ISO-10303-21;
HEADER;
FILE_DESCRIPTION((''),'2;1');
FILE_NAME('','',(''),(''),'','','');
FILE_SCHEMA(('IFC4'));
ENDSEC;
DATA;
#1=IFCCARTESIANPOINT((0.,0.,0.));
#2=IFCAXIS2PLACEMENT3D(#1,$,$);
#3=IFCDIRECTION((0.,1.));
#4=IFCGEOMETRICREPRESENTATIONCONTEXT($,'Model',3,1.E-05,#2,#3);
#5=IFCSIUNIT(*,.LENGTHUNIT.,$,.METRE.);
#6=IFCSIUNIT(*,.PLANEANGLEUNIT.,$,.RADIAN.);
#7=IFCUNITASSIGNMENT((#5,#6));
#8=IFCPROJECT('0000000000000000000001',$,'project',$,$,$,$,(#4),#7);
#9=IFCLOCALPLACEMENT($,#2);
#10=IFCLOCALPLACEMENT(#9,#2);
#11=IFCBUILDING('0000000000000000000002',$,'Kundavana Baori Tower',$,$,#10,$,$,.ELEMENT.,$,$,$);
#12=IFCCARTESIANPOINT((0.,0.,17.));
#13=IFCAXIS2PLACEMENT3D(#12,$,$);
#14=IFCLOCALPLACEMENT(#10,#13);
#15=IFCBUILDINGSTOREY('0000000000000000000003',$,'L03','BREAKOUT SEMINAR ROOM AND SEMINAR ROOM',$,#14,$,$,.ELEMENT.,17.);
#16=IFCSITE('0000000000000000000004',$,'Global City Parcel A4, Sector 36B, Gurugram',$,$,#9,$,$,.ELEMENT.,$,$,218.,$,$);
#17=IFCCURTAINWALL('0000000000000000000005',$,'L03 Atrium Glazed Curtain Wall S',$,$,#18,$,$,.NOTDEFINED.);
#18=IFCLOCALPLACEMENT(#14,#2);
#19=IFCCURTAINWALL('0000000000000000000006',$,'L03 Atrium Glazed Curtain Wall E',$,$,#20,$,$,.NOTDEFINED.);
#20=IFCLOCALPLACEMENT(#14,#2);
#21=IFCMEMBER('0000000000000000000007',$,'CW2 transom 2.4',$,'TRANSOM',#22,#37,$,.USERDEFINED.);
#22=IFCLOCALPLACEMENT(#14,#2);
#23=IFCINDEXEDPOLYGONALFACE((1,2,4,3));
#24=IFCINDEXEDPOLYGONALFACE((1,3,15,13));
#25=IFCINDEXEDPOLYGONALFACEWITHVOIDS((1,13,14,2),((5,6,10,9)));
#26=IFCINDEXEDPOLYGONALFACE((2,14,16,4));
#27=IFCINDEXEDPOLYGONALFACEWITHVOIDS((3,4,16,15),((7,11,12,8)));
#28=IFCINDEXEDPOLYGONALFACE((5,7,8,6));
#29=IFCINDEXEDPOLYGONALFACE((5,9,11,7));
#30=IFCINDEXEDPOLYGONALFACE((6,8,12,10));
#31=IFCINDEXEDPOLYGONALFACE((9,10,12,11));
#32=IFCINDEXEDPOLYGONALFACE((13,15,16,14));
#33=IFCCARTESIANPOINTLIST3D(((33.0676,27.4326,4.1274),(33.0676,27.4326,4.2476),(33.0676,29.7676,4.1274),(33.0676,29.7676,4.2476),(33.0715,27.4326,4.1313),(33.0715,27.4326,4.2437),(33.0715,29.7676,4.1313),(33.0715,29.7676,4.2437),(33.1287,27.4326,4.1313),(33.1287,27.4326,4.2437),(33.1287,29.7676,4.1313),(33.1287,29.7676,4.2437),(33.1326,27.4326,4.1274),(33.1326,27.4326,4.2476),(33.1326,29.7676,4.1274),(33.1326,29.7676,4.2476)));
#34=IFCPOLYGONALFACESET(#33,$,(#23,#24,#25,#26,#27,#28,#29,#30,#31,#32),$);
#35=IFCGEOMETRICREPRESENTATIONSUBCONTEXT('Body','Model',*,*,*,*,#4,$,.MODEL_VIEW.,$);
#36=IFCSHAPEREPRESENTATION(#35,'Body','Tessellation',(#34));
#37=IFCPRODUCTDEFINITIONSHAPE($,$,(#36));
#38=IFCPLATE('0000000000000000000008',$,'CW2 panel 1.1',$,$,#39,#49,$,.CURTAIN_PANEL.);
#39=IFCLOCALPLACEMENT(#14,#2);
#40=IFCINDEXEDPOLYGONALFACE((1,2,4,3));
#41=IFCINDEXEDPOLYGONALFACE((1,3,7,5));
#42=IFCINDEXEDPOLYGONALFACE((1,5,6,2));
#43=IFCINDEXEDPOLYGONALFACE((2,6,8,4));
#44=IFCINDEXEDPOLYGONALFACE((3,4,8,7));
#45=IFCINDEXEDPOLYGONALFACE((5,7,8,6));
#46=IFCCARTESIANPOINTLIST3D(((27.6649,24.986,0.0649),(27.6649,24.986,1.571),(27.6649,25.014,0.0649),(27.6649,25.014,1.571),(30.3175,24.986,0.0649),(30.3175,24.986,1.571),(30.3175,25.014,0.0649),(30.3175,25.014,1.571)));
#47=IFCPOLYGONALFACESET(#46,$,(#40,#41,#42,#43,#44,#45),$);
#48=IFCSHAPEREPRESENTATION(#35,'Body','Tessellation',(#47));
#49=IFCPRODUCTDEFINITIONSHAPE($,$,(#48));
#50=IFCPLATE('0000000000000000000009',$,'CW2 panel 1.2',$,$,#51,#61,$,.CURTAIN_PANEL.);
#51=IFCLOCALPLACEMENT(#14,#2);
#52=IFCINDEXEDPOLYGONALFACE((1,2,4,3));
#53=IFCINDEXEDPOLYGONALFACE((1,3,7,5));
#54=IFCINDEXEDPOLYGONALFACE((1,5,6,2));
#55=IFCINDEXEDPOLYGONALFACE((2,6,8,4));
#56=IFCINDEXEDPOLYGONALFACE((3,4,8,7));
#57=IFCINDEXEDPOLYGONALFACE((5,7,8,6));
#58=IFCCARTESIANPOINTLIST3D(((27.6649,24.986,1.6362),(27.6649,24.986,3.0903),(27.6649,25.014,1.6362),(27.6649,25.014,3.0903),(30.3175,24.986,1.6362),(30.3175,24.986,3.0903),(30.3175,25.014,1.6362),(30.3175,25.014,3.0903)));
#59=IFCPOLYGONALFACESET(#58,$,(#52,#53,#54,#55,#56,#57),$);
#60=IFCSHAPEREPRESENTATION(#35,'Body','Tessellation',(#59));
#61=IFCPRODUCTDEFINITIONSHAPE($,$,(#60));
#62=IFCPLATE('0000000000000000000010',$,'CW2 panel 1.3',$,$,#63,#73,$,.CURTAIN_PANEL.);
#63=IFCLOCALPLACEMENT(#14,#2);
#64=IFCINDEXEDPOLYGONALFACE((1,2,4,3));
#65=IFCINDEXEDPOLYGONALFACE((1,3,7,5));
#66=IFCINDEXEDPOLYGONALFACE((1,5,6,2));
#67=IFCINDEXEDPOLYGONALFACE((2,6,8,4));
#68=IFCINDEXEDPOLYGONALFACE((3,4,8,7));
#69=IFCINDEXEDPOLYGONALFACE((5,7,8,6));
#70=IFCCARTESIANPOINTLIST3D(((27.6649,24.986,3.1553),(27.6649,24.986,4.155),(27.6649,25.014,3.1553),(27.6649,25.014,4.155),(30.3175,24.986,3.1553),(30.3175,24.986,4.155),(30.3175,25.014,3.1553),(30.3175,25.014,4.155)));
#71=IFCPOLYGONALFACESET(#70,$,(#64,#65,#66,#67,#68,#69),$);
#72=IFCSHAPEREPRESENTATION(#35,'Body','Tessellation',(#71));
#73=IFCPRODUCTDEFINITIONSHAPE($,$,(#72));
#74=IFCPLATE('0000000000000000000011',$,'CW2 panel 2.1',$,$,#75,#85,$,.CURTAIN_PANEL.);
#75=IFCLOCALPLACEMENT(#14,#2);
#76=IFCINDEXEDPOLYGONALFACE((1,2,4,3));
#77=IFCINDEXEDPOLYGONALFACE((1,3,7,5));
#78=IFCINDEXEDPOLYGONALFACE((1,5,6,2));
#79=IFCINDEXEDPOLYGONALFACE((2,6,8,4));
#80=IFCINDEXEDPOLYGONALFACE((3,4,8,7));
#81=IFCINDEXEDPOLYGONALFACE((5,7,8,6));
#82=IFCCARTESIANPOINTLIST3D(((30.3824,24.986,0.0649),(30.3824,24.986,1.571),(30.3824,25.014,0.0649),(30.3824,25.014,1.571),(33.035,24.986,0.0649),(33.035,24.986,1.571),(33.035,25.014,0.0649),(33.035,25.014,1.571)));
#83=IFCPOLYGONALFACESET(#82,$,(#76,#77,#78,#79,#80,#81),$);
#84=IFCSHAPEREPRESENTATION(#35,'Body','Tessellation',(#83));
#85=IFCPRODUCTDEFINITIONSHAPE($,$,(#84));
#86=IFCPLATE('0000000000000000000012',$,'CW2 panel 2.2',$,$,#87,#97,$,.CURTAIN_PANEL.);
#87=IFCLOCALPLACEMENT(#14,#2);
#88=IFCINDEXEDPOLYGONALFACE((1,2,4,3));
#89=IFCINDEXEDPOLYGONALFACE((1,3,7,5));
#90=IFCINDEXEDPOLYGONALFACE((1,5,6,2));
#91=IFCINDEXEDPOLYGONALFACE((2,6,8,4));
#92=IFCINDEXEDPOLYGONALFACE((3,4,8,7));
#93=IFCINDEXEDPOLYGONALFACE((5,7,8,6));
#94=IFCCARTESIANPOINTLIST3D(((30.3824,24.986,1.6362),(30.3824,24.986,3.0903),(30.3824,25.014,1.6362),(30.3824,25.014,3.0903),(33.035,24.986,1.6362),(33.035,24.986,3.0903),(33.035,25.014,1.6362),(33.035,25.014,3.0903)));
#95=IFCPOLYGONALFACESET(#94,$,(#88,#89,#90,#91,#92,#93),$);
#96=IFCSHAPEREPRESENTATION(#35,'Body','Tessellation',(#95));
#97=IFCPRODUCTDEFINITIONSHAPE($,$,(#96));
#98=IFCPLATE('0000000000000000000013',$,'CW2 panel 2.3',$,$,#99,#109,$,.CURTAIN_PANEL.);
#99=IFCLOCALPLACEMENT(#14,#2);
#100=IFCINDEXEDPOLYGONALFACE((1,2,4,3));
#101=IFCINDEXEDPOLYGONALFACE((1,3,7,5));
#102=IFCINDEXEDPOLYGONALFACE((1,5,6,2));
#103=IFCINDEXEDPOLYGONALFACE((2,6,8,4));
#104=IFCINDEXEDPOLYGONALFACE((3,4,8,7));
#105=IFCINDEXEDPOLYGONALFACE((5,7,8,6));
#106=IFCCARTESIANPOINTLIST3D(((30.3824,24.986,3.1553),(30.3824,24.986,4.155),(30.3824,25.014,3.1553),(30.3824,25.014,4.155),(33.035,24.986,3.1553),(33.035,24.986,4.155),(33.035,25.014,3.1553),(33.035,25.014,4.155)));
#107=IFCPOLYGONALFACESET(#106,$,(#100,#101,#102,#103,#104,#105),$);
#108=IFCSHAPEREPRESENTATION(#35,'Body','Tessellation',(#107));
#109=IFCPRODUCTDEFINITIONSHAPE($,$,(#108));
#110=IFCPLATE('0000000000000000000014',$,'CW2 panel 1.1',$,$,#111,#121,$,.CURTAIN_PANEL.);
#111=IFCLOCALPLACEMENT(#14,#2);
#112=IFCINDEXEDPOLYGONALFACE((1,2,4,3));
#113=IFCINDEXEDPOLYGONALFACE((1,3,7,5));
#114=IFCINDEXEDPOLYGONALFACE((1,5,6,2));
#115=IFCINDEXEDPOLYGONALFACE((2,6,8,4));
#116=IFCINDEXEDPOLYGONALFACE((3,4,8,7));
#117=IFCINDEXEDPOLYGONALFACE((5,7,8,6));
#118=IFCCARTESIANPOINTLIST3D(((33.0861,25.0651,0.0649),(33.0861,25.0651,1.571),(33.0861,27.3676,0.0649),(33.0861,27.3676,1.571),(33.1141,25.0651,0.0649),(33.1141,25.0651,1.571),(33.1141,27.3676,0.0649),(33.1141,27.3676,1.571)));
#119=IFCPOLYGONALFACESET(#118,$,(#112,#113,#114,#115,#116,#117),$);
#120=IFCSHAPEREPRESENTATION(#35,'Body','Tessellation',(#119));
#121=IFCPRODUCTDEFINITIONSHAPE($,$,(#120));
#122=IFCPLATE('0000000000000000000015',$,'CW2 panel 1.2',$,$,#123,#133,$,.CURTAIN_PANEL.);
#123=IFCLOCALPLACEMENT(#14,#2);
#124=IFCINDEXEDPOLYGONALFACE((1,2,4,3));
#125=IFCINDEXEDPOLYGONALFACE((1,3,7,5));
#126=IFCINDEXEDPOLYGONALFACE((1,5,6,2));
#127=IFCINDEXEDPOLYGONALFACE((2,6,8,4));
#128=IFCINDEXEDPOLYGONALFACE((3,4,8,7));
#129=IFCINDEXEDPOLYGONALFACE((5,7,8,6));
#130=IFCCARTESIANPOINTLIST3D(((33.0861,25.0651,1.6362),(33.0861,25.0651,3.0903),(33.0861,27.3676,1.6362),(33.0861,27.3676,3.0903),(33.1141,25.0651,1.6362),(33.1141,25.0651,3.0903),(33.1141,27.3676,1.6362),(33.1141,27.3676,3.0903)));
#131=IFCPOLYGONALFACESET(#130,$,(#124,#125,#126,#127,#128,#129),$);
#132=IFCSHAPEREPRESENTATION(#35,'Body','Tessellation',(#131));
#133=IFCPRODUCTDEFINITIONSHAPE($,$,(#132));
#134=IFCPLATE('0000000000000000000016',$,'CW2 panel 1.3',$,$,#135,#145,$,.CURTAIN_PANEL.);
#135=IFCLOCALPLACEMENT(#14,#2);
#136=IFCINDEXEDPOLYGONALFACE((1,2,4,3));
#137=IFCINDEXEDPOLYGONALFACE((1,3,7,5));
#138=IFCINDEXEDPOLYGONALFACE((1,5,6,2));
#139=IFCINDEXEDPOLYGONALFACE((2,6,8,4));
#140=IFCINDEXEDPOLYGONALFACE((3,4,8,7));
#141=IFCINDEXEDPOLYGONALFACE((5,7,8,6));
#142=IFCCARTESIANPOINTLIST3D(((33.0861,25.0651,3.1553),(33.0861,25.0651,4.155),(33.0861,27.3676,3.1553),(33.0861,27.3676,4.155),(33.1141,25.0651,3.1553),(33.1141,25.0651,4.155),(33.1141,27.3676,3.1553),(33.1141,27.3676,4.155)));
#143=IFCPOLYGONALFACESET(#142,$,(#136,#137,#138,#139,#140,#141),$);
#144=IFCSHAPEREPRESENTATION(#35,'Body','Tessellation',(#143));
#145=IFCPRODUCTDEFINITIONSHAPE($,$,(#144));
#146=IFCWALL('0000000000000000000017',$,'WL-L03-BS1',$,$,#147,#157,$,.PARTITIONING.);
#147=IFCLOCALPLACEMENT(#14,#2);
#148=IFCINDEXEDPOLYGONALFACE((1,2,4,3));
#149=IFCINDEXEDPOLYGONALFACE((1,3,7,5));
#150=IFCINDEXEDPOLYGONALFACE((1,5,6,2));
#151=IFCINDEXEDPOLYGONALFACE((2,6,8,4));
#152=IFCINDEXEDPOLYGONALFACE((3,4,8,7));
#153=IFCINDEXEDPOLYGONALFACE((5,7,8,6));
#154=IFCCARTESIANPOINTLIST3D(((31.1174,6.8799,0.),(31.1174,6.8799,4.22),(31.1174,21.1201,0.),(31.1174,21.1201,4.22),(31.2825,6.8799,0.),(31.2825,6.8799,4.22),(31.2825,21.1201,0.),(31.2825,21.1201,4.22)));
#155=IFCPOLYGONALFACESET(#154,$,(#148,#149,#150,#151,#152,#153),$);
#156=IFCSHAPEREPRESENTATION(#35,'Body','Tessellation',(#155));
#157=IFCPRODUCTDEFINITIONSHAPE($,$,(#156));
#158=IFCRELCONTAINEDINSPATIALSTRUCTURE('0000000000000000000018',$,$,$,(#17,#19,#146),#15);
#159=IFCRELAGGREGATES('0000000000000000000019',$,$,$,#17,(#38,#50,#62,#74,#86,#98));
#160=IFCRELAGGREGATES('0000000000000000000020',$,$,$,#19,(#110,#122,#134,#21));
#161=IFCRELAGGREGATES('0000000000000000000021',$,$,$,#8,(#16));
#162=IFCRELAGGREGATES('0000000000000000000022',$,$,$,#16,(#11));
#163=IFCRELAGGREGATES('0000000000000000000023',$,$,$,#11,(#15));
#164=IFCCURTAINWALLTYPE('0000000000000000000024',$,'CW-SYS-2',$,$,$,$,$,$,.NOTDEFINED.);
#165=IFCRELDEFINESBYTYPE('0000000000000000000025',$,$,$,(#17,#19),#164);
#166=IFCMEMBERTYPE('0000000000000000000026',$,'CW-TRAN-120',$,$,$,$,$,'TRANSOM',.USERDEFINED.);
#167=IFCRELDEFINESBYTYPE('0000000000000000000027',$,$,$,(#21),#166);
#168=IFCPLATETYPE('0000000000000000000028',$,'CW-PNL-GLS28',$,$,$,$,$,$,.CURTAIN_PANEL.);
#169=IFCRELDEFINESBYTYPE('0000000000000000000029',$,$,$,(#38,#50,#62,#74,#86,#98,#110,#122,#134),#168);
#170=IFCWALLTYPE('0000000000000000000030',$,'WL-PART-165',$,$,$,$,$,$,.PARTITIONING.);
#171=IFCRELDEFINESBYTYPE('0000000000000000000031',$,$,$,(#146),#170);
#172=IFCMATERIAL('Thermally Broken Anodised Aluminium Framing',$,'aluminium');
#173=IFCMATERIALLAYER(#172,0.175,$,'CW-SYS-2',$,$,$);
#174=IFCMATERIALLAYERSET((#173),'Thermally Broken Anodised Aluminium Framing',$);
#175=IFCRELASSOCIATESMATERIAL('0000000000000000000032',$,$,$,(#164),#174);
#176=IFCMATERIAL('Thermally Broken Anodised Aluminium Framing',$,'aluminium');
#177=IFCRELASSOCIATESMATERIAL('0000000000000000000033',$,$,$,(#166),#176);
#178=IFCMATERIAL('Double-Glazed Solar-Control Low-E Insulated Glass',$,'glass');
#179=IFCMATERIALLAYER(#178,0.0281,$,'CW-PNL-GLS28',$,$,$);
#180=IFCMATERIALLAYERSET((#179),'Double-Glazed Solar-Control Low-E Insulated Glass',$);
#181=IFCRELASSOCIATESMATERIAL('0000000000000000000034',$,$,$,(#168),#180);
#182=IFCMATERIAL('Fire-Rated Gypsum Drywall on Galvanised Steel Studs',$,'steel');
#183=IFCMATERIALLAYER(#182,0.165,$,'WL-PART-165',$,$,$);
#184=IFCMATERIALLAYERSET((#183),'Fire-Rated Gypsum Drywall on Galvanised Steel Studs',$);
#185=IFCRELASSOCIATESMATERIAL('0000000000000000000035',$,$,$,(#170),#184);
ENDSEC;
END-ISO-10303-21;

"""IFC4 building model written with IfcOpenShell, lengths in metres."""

from ifc_helpers import new_model, si_unit, direction, frame, frame_2d, origin, origin_2d, place, context, subcontext, project, spatial, rectangle, hollow_rectangle, extrude, material, layer, layer_set, material_profile, profile_set, type_object, element, aggregate, save


model = new_model("IFC4")

# Units and contexts
model_context = context("Model", 3, precision=1e-05, world=origin(), true_north=direction((0.0, 1.0)))
body_context = subcontext(model_context, "Body", "Model", "MODEL_VIEW")
ifc_project = project(units=[si_unit("LENGTHUNIT", "METRE"), si_unit("PLANEANGLEUNIT", "RADIAN")], contexts=[model_context])

# Site, building, storey
site_placement = place(None, origin())
site = spatial("IfcSite", under=ifc_project, at=site_placement, Name="Global City Parcel A4, Sector 36B, Gurugram", CompositionType="ELEMENT", RefElevation=218.0)
building_placement = place(site_placement, origin())
building = spatial("IfcBuilding", under=site, at=building_placement, Name="Kundavana Baori Tower", CompositionType="ELEMENT")
storey_placement = place(building_placement, frame((0.0, 0.0, 17.0)))
storey = spatial("IfcBuildingStorey", under=building, at=storey_placement, Name="L03", Description="BREAKOUT SEMINAR ROOM AND SEMINAR ROOM", CompositionType="ELEMENT", Elevation=17.0)

# Curtain walls
ifc_material_1 = material(Name="Thermally Broken Anodised Aluminium Framing", Category="aluminium")
ifc_layer_1 = layer(ifc_material_1, 0.175, Name="CW-SYS-2")
ifc_layer_set_1 = layer_set([ifc_layer_1], Name="Thermally Broken Anodised Aluminium Framing")
curtain_wall_type = type_object("IfcCurtainWallType", Name="CW-SYS-2", PredefinedType="NOTDEFINED", material=ifc_layer_set_1)
curtain_wall_1_placement = place(storey_placement, origin())
curtain_wall_1 = element("IfcCurtainWall", 1, at=curtain_wall_1_placement, inside=storey, type_object=curtain_wall_type, Name="L03 Atrium Glazed Curtain Wall S", PredefinedType="NOTDEFINED")
curtain_wall_2_placement = place(storey_placement, origin())
curtain_wall_2 = element("IfcCurtainWall", 2, at=curtain_wall_2_placement, inside=storey, type_object=curtain_wall_type, Name="L03 Atrium Glazed Curtain Wall E", PredefinedType="NOTDEFINED")

# Member
ifc_material_2 = material(Name="Thermally Broken Anodised Aluminium Framing", Category="aluminium")
ifc_material_profile_1 = material_profile(ifc_material_2, hollow_rectangle(XDim=0.0649, YDim=0.1201, WallThickness=0.0039, at=origin_2d()), Name="CW-TRAN-120")
ifc_profile_set_1 = profile_set([ifc_material_profile_1], Name="Thermally Broken Anodised Aluminium Framing")
member_type_1 = type_object("IfcMemberType", Name="CW-TRAN-120", ElementType="TRANSOM", PredefinedType="USERDEFINED", material=ifc_profile_set_1)
member_1_placement = place(storey_placement, frame((33.1001, 27.4326, 4.1875), z_axis=(0.0, 1.0, 0.0), x_axis=(-1.0, 0.0, 0.0)))
member_1 = element("IfcMember", 3, at=member_1_placement, type_object=member_type_1, Name="CW2 transom 2.4", ObjectType="TRANSOM", PredefinedType="USERDEFINED", context=body_context, shape_type="SweptSolid", body=[
    extrude(hollow_rectangle(XDim=0.0649, YDim=0.1201, WallThickness=0.0039, at=origin_2d()), origin(), (0.0, 0.0, 1.0), 2.335),
])

# Plates
ifc_material_3 = material(Name="Double-Glazed Solar-Control Low-E Insulated Glass", Category="glass")
ifc_layer_2 = layer(ifc_material_3, 0.0281, Name="CW-PNL-GLS28")
ifc_layer_set_2 = layer_set([ifc_layer_2], Name="Double-Glazed Solar-Control Low-E Insulated Glass")
plate_type = type_object("IfcPlateType", Name="CW-PNL-GLS28", PredefinedType="CURTAIN_PANEL", material=ifc_layer_set_2)
plate_1_placement = place(storey_placement, frame((28.9912, 25.0, 0.0649), z_axis=(0.0, 0.0, 1.0), x_axis=(1.0, 0.0, 0.0)))
plate_1 = element("IfcPlate", 4, at=plate_1_placement, type_object=plate_type, Name="CW2 panel 1.1", PredefinedType="CURTAIN_PANEL", context=body_context, shape_type="SweptSolid", body=[
    extrude(rectangle(XDim=2.6526, YDim=0.0281, at=origin_2d()), origin(), (0.0, 0.0, 1.0), 1.5061),
])
plate_2_placement = place(storey_placement, frame((28.9912, 25.0, 1.6362), z_axis=(0.0, 0.0, 1.0), x_axis=(1.0, 0.0, 0.0)))
plate_2 = element("IfcPlate", 5, at=plate_2_placement, type_object=plate_type, Name="CW2 panel 1.2", PredefinedType="CURTAIN_PANEL", context=body_context, shape_type="SweptSolid", body=[
    extrude(rectangle(XDim=2.6526, YDim=0.0281, at=origin_2d()), origin(), (0.0, 0.0, 1.0), 1.4541),
])
plate_3_placement = place(storey_placement, frame((28.9912, 25.0, 3.1553), z_axis=(0.0, 0.0, 1.0), x_axis=(1.0, 0.0, 0.0)))
plate_3 = element("IfcPlate", 6, at=plate_3_placement, type_object=plate_type, Name="CW2 panel 1.3", PredefinedType="CURTAIN_PANEL", context=body_context, shape_type="SweptSolid", body=[
    extrude(rectangle(XDim=2.6526, YDim=0.0281, at=origin_2d()), origin(), (0.0, 0.0, 1.0), 0.9998),
])
plate_4_placement = place(storey_placement, frame((31.7087, 25.0, 0.0649), z_axis=(0.0, 0.0, 1.0), x_axis=(1.0, 0.0, 0.0)))
plate_4 = element("IfcPlate", 7, at=plate_4_placement, type_object=plate_type, Name="CW2 panel 2.1", PredefinedType="CURTAIN_PANEL", context=body_context, shape_type="SweptSolid", body=[
    extrude(rectangle(XDim=2.6526, YDim=0.0281, at=origin_2d()), origin(), (0.0, 0.0, 1.0), 1.5061),
])
plate_5_placement = place(storey_placement, frame((31.7087, 25.0, 1.6362), z_axis=(0.0, 0.0, 1.0), x_axis=(1.0, 0.0, 0.0)))
plate_5 = element("IfcPlate", 8, at=plate_5_placement, type_object=plate_type, Name="CW2 panel 2.2", PredefinedType="CURTAIN_PANEL", context=body_context, shape_type="SweptSolid", body=[
    extrude(rectangle(XDim=2.6526, YDim=0.0281, at=origin_2d()), origin(), (0.0, 0.0, 1.0), 1.4541),
])
plate_6_placement = place(storey_placement, frame((31.7087, 25.0, 3.1553), z_axis=(0.0, 0.0, 1.0), x_axis=(1.0, 0.0, 0.0)))
plate_6 = element("IfcPlate", 9, at=plate_6_placement, type_object=plate_type, Name="CW2 panel 2.3", PredefinedType="CURTAIN_PANEL", context=body_context, shape_type="SweptSolid", body=[
    extrude(rectangle(XDim=2.6526, YDim=0.0281, at=origin_2d()), origin(), (0.0, 0.0, 1.0), 0.9998),
])
aggregate(curtain_wall_1, [plate_1, plate_2, plate_3, plate_4, plate_5, plate_6])
plate_7_placement = place(storey_placement, frame((33.1001, 26.2163, 0.0649), z_axis=(0.0, 0.0, 1.0), x_axis=(0.0, 1.0, 0.0)))
plate_7 = element("IfcPlate", 10, at=plate_7_placement, type_object=plate_type, Name="CW2 panel 1.1", PredefinedType="CURTAIN_PANEL", context=body_context, shape_type="SweptSolid", body=[
    extrude(rectangle(XDim=2.3025, YDim=0.0281, at=origin_2d()), origin(), (0.0, 0.0, 1.0), 1.5061),
])
plate_8_placement = place(storey_placement, frame((33.1001, 26.2163, 1.6362), z_axis=(0.0, 0.0, 1.0), x_axis=(0.0, 1.0, 0.0)))
plate_8 = element("IfcPlate", 11, at=plate_8_placement, type_object=plate_type, Name="CW2 panel 1.2", PredefinedType="CURTAIN_PANEL", context=body_context, shape_type="SweptSolid", body=[
    extrude(rectangle(XDim=2.3025, YDim=0.0281, at=origin_2d()), origin(), (0.0, 0.0, 1.0), 1.4541),
])
plate_9_placement = place(storey_placement, frame((33.1001, 26.2163, 3.1553), z_axis=(0.0, 0.0, 1.0), x_axis=(0.0, 1.0, 0.0)))
plate_9 = element("IfcPlate", 12, at=plate_9_placement, type_object=plate_type, Name="CW2 panel 1.3", PredefinedType="CURTAIN_PANEL", context=body_context, shape_type="SweptSolid", body=[
    extrude(rectangle(XDim=2.3025, YDim=0.0281, at=origin_2d()), origin(), (0.0, 0.0, 1.0), 0.9998),
])
aggregate(curtain_wall_2, [plate_7, plate_8, plate_9, member_1])

# Wall
ifc_material_4 = material(Name="Fire-Rated Gypsum Drywall on Galvanised Steel Studs", Category="steel")
ifc_layer_3 = layer(ifc_material_4, 0.165, Name="WL-PART-165")
ifc_layer_set_3 = layer_set([ifc_layer_3], Name="Fire-Rated Gypsum Drywall on Galvanised Steel Studs")
wall_type = type_object("IfcWallType", Name="WL-PART-165", PredefinedType="PARTITIONING", material=ifc_layer_set_3)
wall_placement = place(storey_placement, frame((31.2, 6.8799, 0.0), z_axis=(0.0, 0.0, 1.0), x_axis=(0.0, 1.0, 0.0)))
element("IfcWall", 13, at=wall_placement, inside=storey, type_object=wall_type, Name="WL-L03-BS1", PredefinedType="PARTITIONING", context=body_context, shape_type="SweptSolid", body=[
    extrude(rectangle(XDim=14.2402, YDim=0.165, at=frame_2d((7.1201, 0.0))), origin(), (0.0, 0.0, 1.0), 4.22),
])

save(model, "model.ifc")
